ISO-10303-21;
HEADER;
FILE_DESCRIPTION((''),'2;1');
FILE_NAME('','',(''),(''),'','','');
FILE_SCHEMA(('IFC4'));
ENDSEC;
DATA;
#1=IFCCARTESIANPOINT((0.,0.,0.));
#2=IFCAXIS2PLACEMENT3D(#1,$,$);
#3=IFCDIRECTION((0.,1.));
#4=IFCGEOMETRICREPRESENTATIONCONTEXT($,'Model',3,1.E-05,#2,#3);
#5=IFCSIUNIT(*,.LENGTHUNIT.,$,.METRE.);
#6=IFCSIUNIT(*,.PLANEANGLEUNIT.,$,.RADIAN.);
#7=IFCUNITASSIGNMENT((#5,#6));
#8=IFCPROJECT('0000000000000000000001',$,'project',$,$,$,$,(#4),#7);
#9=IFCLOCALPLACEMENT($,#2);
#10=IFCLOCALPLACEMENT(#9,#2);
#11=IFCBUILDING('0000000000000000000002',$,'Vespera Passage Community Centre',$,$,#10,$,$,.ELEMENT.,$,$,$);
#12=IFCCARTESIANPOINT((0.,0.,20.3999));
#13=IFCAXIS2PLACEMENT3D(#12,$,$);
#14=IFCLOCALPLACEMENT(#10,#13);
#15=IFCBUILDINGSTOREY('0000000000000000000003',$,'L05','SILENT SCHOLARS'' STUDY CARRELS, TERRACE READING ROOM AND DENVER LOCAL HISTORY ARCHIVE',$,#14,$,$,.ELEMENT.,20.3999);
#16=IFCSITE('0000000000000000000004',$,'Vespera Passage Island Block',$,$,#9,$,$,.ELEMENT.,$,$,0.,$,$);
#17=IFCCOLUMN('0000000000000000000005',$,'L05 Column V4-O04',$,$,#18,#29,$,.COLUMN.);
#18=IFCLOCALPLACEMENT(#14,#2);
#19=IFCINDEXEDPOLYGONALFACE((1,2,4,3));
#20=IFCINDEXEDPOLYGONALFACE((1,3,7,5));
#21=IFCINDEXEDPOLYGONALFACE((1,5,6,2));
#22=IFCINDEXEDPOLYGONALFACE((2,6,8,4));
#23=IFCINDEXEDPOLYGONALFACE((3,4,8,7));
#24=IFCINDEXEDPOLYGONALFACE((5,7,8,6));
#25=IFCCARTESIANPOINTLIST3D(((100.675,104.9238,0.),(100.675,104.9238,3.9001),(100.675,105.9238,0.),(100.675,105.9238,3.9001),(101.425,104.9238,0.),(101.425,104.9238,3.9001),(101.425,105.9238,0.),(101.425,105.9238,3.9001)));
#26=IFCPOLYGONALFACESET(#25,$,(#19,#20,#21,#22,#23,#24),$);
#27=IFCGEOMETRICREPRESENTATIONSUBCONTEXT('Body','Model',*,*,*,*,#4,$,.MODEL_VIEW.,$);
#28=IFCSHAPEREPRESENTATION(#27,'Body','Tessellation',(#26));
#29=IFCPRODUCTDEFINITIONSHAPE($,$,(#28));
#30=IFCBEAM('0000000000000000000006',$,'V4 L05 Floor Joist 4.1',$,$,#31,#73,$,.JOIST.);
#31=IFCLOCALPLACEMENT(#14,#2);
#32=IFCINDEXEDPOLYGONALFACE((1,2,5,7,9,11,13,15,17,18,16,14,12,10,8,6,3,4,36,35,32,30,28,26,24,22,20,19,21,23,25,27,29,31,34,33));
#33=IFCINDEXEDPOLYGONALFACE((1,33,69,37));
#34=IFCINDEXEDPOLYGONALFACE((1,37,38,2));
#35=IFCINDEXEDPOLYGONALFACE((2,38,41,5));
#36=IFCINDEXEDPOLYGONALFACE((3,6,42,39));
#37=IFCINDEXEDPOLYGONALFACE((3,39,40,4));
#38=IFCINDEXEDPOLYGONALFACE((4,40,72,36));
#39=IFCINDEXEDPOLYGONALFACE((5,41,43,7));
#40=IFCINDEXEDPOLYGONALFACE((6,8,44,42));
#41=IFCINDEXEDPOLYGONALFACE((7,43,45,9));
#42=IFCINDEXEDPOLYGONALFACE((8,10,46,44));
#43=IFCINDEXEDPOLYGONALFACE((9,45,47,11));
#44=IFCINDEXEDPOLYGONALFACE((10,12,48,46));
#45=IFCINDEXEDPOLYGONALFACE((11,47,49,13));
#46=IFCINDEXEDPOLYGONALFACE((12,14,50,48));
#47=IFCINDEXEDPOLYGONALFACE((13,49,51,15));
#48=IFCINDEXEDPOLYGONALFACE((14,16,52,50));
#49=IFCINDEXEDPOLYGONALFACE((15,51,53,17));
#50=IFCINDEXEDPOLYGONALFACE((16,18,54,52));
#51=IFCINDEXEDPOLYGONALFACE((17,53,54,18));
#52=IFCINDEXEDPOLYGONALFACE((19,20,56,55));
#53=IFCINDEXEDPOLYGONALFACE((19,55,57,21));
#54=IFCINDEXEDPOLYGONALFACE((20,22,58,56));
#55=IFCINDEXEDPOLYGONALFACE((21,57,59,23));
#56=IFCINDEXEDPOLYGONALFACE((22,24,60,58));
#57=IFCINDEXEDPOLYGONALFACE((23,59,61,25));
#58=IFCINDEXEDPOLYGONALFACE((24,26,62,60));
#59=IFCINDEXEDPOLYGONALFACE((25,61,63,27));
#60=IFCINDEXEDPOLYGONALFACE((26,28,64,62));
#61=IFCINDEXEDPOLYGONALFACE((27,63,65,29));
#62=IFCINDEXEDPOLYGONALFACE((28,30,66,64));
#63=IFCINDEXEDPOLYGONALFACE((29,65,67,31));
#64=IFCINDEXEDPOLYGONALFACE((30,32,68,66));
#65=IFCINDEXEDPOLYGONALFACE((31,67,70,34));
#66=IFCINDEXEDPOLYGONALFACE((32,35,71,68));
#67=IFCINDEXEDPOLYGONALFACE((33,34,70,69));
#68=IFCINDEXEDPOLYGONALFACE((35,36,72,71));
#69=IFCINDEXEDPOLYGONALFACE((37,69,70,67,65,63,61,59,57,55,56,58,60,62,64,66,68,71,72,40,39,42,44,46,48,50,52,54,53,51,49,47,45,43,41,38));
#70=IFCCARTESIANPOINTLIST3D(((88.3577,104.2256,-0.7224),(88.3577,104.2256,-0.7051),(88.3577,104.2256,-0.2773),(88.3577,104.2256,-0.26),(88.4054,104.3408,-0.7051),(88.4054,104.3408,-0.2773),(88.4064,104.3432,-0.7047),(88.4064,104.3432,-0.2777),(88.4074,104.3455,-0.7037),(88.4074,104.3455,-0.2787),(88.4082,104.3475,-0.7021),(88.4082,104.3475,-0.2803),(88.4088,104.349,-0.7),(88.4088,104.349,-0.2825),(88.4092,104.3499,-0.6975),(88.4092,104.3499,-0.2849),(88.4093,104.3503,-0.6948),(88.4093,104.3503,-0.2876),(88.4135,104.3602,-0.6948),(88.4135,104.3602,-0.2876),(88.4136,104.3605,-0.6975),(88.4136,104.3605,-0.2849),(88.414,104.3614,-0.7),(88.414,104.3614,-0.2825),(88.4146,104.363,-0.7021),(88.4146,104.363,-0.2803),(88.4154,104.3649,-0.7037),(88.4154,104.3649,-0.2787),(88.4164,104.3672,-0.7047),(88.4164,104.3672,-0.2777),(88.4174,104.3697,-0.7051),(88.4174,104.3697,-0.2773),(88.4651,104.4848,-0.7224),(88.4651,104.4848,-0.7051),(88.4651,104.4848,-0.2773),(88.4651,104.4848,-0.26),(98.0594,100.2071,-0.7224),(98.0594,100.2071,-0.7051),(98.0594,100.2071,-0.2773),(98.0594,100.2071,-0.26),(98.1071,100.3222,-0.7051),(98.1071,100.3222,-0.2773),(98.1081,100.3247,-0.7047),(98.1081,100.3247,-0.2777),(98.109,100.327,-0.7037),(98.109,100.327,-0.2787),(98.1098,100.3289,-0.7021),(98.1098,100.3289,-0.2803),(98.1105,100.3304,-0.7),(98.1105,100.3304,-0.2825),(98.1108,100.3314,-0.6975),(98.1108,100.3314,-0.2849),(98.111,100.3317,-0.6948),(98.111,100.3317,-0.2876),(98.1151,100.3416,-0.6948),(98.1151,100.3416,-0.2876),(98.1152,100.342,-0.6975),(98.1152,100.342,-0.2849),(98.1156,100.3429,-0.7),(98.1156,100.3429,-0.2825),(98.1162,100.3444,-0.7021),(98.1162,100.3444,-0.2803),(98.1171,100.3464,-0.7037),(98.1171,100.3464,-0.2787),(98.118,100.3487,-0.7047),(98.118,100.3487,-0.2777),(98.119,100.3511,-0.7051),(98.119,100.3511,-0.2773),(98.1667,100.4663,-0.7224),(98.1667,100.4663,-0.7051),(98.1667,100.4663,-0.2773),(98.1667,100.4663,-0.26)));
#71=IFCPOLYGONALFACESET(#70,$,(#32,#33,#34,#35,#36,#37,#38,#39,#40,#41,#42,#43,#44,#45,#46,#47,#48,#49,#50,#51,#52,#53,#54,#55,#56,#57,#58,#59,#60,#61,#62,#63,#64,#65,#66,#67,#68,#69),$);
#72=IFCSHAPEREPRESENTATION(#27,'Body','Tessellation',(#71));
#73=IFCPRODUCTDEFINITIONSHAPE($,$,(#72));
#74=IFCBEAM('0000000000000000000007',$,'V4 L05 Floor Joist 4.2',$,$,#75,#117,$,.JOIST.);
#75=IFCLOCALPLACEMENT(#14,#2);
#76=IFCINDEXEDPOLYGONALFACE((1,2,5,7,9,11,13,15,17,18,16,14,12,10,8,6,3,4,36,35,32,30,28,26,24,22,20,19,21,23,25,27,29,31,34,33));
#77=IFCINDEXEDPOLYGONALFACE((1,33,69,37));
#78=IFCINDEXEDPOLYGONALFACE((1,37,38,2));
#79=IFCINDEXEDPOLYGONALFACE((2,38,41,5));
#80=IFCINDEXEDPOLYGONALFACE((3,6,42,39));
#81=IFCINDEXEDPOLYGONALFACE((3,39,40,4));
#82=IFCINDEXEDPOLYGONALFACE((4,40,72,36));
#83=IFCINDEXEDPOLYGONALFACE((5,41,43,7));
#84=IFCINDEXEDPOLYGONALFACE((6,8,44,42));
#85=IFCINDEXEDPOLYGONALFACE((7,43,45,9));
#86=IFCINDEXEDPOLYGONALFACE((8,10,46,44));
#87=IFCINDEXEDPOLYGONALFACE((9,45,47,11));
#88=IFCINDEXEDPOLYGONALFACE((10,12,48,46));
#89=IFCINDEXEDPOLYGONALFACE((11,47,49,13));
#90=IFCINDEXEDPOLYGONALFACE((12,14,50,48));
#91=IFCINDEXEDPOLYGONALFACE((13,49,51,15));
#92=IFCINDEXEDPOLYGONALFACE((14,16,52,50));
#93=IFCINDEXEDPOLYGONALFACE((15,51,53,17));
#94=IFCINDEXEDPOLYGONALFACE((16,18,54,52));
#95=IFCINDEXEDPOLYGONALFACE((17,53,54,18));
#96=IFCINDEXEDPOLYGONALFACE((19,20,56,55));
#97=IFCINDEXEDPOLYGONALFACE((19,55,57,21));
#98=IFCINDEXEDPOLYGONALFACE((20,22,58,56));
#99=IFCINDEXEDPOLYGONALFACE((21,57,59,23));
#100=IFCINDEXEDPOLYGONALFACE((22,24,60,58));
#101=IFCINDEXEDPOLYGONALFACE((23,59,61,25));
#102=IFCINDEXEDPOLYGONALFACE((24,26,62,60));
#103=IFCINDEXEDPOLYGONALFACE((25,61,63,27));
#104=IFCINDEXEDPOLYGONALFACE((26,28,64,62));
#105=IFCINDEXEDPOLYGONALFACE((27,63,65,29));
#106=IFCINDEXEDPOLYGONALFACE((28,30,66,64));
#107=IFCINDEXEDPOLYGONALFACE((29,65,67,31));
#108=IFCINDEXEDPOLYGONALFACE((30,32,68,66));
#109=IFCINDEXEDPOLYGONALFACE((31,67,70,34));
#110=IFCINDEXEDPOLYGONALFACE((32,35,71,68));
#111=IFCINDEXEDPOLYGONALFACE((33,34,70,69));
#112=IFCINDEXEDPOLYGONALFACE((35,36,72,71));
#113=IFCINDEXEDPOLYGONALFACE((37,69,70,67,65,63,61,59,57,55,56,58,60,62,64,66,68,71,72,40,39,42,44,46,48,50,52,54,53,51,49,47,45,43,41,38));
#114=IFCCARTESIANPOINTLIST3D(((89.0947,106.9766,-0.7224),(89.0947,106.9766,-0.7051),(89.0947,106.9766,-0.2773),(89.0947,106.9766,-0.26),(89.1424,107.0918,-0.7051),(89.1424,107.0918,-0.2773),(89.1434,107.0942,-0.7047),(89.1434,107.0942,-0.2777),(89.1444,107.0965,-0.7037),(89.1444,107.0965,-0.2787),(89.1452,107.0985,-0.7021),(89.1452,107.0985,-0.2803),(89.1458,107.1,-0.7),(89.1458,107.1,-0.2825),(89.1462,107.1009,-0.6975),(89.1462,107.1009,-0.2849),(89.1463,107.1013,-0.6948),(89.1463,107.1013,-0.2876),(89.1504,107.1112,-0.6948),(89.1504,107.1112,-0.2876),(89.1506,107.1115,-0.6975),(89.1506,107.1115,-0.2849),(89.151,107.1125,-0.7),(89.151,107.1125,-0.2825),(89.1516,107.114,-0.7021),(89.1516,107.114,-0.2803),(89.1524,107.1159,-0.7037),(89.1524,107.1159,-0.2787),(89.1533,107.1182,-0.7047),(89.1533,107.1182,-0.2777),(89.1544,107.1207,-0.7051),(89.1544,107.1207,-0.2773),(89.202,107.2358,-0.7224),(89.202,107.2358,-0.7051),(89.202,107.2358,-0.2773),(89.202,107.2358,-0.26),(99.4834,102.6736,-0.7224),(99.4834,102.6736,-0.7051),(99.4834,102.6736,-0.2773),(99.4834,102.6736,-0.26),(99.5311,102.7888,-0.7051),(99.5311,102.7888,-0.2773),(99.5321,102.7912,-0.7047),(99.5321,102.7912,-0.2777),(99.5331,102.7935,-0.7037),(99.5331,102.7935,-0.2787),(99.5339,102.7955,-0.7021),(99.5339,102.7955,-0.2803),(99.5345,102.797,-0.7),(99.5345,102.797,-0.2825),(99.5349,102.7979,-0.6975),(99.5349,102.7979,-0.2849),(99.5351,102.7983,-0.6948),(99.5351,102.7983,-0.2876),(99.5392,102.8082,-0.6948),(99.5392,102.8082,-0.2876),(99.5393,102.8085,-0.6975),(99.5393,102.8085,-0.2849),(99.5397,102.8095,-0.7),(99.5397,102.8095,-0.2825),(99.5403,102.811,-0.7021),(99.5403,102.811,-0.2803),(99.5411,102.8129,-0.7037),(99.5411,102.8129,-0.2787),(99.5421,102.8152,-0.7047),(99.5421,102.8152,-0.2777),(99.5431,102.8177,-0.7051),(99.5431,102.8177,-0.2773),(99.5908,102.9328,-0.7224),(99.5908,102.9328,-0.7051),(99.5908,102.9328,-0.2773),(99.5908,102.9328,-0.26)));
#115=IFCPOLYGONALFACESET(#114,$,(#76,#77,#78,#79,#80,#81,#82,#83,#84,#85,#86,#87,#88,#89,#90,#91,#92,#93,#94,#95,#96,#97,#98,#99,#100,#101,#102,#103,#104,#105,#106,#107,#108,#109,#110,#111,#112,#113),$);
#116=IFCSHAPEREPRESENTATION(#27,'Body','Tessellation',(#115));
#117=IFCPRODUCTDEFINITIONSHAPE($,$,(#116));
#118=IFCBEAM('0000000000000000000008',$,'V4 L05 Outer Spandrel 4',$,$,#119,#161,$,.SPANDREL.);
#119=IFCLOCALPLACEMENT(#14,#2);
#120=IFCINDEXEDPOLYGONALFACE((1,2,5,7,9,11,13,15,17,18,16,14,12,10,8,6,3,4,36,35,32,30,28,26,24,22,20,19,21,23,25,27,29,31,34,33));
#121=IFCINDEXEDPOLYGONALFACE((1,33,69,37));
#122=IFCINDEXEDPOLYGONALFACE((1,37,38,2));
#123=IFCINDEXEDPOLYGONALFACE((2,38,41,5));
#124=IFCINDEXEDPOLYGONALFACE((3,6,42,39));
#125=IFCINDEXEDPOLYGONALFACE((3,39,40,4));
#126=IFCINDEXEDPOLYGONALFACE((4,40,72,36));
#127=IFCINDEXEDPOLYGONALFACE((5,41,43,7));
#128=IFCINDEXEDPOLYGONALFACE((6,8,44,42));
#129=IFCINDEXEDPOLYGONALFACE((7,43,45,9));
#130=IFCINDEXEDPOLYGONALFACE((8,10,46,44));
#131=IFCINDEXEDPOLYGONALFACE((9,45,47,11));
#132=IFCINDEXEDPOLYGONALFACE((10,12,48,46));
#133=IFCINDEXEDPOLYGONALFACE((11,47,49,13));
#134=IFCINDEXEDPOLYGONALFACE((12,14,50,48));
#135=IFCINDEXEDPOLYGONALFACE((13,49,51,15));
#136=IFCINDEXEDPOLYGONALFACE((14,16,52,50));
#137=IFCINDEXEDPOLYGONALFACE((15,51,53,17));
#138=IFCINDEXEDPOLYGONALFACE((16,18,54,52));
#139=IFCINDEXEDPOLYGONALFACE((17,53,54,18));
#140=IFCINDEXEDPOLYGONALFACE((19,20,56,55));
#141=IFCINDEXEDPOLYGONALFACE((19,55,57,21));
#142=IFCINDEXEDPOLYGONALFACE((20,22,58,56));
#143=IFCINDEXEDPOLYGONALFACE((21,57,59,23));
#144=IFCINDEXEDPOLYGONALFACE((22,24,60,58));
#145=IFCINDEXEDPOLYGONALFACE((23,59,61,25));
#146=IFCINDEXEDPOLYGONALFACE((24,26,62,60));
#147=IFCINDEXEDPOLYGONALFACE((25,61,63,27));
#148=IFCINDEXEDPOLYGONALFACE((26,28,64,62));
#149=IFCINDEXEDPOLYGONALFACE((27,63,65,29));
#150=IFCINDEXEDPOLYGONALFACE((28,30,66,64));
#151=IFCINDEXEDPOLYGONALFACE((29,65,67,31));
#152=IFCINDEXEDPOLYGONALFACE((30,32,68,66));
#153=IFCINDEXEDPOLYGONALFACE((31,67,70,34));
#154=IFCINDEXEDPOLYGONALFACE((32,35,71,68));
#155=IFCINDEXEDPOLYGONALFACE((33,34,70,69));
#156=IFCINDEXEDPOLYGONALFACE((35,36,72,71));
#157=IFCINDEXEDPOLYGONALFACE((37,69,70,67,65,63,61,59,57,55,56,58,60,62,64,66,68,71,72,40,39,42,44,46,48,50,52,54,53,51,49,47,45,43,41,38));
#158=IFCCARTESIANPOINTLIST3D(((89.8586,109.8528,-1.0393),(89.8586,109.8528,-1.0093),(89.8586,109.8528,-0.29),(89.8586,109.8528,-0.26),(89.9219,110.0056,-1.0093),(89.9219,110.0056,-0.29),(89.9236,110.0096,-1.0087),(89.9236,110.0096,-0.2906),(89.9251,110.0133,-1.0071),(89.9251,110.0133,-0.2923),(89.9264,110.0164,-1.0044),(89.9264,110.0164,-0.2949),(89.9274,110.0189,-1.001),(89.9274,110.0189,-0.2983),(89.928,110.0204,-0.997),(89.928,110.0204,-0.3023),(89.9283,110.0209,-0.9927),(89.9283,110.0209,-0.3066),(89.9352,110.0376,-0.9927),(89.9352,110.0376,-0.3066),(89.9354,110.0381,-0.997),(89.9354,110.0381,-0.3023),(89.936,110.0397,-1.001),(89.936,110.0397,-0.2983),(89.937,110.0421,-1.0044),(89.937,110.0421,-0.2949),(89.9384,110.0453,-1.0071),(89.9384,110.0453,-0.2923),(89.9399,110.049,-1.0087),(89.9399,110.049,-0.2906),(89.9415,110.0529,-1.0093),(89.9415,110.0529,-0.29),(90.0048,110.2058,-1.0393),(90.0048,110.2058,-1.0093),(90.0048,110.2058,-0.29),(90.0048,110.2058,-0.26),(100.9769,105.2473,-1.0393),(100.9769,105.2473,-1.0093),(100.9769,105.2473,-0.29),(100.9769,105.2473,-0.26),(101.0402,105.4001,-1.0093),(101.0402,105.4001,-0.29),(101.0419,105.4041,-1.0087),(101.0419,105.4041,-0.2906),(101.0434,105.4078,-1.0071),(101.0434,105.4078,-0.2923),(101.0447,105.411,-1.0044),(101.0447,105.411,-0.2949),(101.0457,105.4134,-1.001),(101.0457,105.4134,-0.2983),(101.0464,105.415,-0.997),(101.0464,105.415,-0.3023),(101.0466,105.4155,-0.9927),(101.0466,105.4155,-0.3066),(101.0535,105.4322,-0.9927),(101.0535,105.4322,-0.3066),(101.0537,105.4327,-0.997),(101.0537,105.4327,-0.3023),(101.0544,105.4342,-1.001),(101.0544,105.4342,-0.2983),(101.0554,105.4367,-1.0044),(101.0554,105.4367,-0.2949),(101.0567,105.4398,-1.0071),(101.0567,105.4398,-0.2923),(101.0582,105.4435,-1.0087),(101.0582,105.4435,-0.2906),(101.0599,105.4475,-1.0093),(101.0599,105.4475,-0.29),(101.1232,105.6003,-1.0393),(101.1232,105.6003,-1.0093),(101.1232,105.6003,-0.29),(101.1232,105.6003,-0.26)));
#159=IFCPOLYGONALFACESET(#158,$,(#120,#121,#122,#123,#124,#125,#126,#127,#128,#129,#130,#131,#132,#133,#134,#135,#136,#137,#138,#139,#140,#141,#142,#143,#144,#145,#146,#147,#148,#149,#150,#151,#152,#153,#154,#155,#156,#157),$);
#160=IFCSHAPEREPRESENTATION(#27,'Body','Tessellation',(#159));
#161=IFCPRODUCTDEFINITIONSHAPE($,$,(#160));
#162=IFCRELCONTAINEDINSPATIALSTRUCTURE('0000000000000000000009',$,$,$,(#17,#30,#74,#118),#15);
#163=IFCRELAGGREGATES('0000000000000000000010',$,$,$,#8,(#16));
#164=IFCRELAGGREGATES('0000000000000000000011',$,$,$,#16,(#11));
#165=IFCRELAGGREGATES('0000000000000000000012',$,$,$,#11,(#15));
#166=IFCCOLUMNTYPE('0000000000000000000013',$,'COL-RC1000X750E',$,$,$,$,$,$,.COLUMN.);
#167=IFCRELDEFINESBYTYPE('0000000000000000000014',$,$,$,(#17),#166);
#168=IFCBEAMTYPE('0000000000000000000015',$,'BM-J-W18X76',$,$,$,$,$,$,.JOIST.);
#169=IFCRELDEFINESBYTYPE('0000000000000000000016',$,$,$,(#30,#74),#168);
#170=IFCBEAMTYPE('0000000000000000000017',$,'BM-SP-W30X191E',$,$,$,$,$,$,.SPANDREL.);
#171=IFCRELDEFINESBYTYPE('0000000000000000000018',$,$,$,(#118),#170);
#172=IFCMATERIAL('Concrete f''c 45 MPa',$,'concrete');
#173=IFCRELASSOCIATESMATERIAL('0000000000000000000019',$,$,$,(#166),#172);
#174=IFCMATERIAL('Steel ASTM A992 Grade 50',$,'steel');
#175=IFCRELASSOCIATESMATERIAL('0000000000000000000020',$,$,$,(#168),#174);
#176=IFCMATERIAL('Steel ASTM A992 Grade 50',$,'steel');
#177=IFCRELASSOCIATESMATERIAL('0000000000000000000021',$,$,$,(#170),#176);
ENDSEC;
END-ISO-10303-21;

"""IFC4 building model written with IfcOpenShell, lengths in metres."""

from ifc_helpers import new_model, si_unit, direction, frame, origin, origin_2d, place, context, subcontext, project, spatial, rectangle, i_section, extrude, material, material_profile, profile_set, type_object, element, save


model = new_model("IFC4")

# Units and contexts
model_context = context("Model", 3, precision=1e-05, world=origin(), true_north=direction((0.0, 1.0)))
body_context = subcontext(model_context, "Body", "Model", "MODEL_VIEW")
ifc_project = project(units=[si_unit("LENGTHUNIT", "METRE"), si_unit("PLANEANGLEUNIT", "RADIAN")], contexts=[model_context])

# Site, building, storey
site_placement = place(None, origin())
site = spatial("IfcSite", under=ifc_project, at=site_placement, Name="Vespera Passage Island Block", CompositionType="ELEMENT", RefElevation=0.0)
building_placement = place(site_placement, origin())
building = spatial("IfcBuilding", under=site, at=building_placement, Name="Vespera Passage Community Centre", CompositionType="ELEMENT")
storey_placement = place(building_placement, frame((0.0, 0.0, 20.3999)))
storey = spatial("IfcBuildingStorey", under=building, at=storey_placement, Name="L05", Description="SILENT SCHOLARS' STUDY CARRELS, TERRACE READING ROOM AND DENVER LOCAL HISTORY ARCHIVE", CompositionType="ELEMENT", Elevation=20.3999)

# Column
ifc_material_1 = material(Name="Concrete f'c 45 MPa", Category="concrete")
ifc_material_profile_1 = material_profile(ifc_material_1, rectangle(XDim=0.75, YDim=1.0, at=origin_2d()), Name="RC1000X750")
ifc_profile_set_1 = profile_set([ifc_material_profile_1], Name="Concrete f'c 45 MPa")
column_type = type_object("IfcColumnType", Name="COL-RC1000X750E", PredefinedType="COLUMN", material=ifc_profile_set_1)
column_placement = place(storey_placement, frame((101.05, 105.4238, 0.0), z_axis=(0.0, 0.0, 1.0), x_axis=(1.0, 0.0, 0.0)))
element("IfcColumn", 1, at=column_placement, inside=storey, type_object=column_type, Name="L05 Column V4-O04", PredefinedType="COLUMN", context=body_context, shape_type="SweptSolid", body=[
    extrude(rectangle(XDim=0.75, YDim=1.0, at=origin_2d()), origin(), (0.0, 0.0, 1.0), 3.9001),
])

# Beams
ifc_material_2 = material(Name="Steel ASTM A992 Grade 50", Category="steel")
ifc_material_profile_2 = material_profile(ifc_material_2, i_section(OverallWidth=0.2805, OverallDepth=0.4624, WebThickness=0.0107, FlangeThickness=0.0173, FilletRadius=0.0103, at=origin_2d()), Name="W18X76")
ifc_profile_set_2 = profile_set([ifc_material_profile_2], Name="Steel ASTM A992 Grade 50")
beam_type_1 = type_object("IfcBeamType", Name="BM-J-W18X76", PredefinedType="JOIST", material=ifc_profile_set_2)
beam_1_placement = place(storey_placement, frame((98.113, 100.3367, -0.4912), z_axis=(-0.92388, 0.382683, 0.0), x_axis=(-0.382683, -0.92388, 0.0)))
element("IfcBeam", 2, at=beam_1_placement, inside=storey, type_object=beam_type_1, Name="V4 L05 Floor Joist 4.1", PredefinedType="JOIST", context=body_context, shape_type="SweptSolid", body=[
    extrude(i_section(OverallWidth=0.2805, OverallDepth=0.4624, WebThickness=0.0107, FlangeThickness=0.0173, FilletRadius=0.0103, at=origin_2d()), origin(), (0.0, 0.0, 1.0), 10.501),
])
beam_2_placement = place(storey_placement, frame((99.5371, 102.8032, -0.4912), z_axis=(-0.923884, 0.382672, 0.0), x_axis=(-0.382672, -0.923884, 0.0)))
element("IfcBeam", 3, at=beam_2_placement, inside=storey, type_object=beam_type_1, Name="V4 L05 Floor Joist 4.2", PredefinedType="JOIST", context=body_context, shape_type="SweptSolid", body=[
    extrude(i_section(OverallWidth=0.2805, OverallDepth=0.4624, WebThickness=0.0107, FlangeThickness=0.0173, FilletRadius=0.0103, at=origin_2d()), origin(), (0.0, 0.0, 1.0), 11.2446),
])
ifc_material_3 = material(Name="Steel ASTM A992 Grade 50", Category="steel")
ifc_material_profile_3 = material_profile(ifc_material_3, i_section(OverallWidth=0.3821, OverallDepth=0.7793, WebThickness=0.0181, FlangeThickness=0.03, FilletRadius=0.0166, at=origin_2d()), Name="W30X191")
ifc_profile_set_3 = profile_set([ifc_material_profile_3], Name="Steel ASTM A992 Grade 50")
beam_type_2 = type_object("IfcBeamType", Name="BM-SP-W30X191E", PredefinedType="SPANDREL", material=ifc_profile_set_3)
beam_3_placement = place(storey_placement, frame((101.05, 105.4238, -0.6497), z_axis=(-0.923877, 0.382689, 0.0), x_axis=(-0.382689, -0.923877, 0.0)))
element("IfcBeam", 4, at=beam_3_placement, inside=storey, type_object=beam_type_2, Name="V4 L05 Outer Spandrel 4", PredefinedType="SPANDREL", context=body_context, shape_type="SweptSolid", body=[
    extrude(i_section(OverallWidth=0.3821, OverallDepth=0.7793, WebThickness=0.0181, FlangeThickness=0.03, FilletRadius=0.0166, at=origin_2d()), origin(), (0.0, 0.0, 1.0), 12.0344),
])

save(model, "model.ifc")
